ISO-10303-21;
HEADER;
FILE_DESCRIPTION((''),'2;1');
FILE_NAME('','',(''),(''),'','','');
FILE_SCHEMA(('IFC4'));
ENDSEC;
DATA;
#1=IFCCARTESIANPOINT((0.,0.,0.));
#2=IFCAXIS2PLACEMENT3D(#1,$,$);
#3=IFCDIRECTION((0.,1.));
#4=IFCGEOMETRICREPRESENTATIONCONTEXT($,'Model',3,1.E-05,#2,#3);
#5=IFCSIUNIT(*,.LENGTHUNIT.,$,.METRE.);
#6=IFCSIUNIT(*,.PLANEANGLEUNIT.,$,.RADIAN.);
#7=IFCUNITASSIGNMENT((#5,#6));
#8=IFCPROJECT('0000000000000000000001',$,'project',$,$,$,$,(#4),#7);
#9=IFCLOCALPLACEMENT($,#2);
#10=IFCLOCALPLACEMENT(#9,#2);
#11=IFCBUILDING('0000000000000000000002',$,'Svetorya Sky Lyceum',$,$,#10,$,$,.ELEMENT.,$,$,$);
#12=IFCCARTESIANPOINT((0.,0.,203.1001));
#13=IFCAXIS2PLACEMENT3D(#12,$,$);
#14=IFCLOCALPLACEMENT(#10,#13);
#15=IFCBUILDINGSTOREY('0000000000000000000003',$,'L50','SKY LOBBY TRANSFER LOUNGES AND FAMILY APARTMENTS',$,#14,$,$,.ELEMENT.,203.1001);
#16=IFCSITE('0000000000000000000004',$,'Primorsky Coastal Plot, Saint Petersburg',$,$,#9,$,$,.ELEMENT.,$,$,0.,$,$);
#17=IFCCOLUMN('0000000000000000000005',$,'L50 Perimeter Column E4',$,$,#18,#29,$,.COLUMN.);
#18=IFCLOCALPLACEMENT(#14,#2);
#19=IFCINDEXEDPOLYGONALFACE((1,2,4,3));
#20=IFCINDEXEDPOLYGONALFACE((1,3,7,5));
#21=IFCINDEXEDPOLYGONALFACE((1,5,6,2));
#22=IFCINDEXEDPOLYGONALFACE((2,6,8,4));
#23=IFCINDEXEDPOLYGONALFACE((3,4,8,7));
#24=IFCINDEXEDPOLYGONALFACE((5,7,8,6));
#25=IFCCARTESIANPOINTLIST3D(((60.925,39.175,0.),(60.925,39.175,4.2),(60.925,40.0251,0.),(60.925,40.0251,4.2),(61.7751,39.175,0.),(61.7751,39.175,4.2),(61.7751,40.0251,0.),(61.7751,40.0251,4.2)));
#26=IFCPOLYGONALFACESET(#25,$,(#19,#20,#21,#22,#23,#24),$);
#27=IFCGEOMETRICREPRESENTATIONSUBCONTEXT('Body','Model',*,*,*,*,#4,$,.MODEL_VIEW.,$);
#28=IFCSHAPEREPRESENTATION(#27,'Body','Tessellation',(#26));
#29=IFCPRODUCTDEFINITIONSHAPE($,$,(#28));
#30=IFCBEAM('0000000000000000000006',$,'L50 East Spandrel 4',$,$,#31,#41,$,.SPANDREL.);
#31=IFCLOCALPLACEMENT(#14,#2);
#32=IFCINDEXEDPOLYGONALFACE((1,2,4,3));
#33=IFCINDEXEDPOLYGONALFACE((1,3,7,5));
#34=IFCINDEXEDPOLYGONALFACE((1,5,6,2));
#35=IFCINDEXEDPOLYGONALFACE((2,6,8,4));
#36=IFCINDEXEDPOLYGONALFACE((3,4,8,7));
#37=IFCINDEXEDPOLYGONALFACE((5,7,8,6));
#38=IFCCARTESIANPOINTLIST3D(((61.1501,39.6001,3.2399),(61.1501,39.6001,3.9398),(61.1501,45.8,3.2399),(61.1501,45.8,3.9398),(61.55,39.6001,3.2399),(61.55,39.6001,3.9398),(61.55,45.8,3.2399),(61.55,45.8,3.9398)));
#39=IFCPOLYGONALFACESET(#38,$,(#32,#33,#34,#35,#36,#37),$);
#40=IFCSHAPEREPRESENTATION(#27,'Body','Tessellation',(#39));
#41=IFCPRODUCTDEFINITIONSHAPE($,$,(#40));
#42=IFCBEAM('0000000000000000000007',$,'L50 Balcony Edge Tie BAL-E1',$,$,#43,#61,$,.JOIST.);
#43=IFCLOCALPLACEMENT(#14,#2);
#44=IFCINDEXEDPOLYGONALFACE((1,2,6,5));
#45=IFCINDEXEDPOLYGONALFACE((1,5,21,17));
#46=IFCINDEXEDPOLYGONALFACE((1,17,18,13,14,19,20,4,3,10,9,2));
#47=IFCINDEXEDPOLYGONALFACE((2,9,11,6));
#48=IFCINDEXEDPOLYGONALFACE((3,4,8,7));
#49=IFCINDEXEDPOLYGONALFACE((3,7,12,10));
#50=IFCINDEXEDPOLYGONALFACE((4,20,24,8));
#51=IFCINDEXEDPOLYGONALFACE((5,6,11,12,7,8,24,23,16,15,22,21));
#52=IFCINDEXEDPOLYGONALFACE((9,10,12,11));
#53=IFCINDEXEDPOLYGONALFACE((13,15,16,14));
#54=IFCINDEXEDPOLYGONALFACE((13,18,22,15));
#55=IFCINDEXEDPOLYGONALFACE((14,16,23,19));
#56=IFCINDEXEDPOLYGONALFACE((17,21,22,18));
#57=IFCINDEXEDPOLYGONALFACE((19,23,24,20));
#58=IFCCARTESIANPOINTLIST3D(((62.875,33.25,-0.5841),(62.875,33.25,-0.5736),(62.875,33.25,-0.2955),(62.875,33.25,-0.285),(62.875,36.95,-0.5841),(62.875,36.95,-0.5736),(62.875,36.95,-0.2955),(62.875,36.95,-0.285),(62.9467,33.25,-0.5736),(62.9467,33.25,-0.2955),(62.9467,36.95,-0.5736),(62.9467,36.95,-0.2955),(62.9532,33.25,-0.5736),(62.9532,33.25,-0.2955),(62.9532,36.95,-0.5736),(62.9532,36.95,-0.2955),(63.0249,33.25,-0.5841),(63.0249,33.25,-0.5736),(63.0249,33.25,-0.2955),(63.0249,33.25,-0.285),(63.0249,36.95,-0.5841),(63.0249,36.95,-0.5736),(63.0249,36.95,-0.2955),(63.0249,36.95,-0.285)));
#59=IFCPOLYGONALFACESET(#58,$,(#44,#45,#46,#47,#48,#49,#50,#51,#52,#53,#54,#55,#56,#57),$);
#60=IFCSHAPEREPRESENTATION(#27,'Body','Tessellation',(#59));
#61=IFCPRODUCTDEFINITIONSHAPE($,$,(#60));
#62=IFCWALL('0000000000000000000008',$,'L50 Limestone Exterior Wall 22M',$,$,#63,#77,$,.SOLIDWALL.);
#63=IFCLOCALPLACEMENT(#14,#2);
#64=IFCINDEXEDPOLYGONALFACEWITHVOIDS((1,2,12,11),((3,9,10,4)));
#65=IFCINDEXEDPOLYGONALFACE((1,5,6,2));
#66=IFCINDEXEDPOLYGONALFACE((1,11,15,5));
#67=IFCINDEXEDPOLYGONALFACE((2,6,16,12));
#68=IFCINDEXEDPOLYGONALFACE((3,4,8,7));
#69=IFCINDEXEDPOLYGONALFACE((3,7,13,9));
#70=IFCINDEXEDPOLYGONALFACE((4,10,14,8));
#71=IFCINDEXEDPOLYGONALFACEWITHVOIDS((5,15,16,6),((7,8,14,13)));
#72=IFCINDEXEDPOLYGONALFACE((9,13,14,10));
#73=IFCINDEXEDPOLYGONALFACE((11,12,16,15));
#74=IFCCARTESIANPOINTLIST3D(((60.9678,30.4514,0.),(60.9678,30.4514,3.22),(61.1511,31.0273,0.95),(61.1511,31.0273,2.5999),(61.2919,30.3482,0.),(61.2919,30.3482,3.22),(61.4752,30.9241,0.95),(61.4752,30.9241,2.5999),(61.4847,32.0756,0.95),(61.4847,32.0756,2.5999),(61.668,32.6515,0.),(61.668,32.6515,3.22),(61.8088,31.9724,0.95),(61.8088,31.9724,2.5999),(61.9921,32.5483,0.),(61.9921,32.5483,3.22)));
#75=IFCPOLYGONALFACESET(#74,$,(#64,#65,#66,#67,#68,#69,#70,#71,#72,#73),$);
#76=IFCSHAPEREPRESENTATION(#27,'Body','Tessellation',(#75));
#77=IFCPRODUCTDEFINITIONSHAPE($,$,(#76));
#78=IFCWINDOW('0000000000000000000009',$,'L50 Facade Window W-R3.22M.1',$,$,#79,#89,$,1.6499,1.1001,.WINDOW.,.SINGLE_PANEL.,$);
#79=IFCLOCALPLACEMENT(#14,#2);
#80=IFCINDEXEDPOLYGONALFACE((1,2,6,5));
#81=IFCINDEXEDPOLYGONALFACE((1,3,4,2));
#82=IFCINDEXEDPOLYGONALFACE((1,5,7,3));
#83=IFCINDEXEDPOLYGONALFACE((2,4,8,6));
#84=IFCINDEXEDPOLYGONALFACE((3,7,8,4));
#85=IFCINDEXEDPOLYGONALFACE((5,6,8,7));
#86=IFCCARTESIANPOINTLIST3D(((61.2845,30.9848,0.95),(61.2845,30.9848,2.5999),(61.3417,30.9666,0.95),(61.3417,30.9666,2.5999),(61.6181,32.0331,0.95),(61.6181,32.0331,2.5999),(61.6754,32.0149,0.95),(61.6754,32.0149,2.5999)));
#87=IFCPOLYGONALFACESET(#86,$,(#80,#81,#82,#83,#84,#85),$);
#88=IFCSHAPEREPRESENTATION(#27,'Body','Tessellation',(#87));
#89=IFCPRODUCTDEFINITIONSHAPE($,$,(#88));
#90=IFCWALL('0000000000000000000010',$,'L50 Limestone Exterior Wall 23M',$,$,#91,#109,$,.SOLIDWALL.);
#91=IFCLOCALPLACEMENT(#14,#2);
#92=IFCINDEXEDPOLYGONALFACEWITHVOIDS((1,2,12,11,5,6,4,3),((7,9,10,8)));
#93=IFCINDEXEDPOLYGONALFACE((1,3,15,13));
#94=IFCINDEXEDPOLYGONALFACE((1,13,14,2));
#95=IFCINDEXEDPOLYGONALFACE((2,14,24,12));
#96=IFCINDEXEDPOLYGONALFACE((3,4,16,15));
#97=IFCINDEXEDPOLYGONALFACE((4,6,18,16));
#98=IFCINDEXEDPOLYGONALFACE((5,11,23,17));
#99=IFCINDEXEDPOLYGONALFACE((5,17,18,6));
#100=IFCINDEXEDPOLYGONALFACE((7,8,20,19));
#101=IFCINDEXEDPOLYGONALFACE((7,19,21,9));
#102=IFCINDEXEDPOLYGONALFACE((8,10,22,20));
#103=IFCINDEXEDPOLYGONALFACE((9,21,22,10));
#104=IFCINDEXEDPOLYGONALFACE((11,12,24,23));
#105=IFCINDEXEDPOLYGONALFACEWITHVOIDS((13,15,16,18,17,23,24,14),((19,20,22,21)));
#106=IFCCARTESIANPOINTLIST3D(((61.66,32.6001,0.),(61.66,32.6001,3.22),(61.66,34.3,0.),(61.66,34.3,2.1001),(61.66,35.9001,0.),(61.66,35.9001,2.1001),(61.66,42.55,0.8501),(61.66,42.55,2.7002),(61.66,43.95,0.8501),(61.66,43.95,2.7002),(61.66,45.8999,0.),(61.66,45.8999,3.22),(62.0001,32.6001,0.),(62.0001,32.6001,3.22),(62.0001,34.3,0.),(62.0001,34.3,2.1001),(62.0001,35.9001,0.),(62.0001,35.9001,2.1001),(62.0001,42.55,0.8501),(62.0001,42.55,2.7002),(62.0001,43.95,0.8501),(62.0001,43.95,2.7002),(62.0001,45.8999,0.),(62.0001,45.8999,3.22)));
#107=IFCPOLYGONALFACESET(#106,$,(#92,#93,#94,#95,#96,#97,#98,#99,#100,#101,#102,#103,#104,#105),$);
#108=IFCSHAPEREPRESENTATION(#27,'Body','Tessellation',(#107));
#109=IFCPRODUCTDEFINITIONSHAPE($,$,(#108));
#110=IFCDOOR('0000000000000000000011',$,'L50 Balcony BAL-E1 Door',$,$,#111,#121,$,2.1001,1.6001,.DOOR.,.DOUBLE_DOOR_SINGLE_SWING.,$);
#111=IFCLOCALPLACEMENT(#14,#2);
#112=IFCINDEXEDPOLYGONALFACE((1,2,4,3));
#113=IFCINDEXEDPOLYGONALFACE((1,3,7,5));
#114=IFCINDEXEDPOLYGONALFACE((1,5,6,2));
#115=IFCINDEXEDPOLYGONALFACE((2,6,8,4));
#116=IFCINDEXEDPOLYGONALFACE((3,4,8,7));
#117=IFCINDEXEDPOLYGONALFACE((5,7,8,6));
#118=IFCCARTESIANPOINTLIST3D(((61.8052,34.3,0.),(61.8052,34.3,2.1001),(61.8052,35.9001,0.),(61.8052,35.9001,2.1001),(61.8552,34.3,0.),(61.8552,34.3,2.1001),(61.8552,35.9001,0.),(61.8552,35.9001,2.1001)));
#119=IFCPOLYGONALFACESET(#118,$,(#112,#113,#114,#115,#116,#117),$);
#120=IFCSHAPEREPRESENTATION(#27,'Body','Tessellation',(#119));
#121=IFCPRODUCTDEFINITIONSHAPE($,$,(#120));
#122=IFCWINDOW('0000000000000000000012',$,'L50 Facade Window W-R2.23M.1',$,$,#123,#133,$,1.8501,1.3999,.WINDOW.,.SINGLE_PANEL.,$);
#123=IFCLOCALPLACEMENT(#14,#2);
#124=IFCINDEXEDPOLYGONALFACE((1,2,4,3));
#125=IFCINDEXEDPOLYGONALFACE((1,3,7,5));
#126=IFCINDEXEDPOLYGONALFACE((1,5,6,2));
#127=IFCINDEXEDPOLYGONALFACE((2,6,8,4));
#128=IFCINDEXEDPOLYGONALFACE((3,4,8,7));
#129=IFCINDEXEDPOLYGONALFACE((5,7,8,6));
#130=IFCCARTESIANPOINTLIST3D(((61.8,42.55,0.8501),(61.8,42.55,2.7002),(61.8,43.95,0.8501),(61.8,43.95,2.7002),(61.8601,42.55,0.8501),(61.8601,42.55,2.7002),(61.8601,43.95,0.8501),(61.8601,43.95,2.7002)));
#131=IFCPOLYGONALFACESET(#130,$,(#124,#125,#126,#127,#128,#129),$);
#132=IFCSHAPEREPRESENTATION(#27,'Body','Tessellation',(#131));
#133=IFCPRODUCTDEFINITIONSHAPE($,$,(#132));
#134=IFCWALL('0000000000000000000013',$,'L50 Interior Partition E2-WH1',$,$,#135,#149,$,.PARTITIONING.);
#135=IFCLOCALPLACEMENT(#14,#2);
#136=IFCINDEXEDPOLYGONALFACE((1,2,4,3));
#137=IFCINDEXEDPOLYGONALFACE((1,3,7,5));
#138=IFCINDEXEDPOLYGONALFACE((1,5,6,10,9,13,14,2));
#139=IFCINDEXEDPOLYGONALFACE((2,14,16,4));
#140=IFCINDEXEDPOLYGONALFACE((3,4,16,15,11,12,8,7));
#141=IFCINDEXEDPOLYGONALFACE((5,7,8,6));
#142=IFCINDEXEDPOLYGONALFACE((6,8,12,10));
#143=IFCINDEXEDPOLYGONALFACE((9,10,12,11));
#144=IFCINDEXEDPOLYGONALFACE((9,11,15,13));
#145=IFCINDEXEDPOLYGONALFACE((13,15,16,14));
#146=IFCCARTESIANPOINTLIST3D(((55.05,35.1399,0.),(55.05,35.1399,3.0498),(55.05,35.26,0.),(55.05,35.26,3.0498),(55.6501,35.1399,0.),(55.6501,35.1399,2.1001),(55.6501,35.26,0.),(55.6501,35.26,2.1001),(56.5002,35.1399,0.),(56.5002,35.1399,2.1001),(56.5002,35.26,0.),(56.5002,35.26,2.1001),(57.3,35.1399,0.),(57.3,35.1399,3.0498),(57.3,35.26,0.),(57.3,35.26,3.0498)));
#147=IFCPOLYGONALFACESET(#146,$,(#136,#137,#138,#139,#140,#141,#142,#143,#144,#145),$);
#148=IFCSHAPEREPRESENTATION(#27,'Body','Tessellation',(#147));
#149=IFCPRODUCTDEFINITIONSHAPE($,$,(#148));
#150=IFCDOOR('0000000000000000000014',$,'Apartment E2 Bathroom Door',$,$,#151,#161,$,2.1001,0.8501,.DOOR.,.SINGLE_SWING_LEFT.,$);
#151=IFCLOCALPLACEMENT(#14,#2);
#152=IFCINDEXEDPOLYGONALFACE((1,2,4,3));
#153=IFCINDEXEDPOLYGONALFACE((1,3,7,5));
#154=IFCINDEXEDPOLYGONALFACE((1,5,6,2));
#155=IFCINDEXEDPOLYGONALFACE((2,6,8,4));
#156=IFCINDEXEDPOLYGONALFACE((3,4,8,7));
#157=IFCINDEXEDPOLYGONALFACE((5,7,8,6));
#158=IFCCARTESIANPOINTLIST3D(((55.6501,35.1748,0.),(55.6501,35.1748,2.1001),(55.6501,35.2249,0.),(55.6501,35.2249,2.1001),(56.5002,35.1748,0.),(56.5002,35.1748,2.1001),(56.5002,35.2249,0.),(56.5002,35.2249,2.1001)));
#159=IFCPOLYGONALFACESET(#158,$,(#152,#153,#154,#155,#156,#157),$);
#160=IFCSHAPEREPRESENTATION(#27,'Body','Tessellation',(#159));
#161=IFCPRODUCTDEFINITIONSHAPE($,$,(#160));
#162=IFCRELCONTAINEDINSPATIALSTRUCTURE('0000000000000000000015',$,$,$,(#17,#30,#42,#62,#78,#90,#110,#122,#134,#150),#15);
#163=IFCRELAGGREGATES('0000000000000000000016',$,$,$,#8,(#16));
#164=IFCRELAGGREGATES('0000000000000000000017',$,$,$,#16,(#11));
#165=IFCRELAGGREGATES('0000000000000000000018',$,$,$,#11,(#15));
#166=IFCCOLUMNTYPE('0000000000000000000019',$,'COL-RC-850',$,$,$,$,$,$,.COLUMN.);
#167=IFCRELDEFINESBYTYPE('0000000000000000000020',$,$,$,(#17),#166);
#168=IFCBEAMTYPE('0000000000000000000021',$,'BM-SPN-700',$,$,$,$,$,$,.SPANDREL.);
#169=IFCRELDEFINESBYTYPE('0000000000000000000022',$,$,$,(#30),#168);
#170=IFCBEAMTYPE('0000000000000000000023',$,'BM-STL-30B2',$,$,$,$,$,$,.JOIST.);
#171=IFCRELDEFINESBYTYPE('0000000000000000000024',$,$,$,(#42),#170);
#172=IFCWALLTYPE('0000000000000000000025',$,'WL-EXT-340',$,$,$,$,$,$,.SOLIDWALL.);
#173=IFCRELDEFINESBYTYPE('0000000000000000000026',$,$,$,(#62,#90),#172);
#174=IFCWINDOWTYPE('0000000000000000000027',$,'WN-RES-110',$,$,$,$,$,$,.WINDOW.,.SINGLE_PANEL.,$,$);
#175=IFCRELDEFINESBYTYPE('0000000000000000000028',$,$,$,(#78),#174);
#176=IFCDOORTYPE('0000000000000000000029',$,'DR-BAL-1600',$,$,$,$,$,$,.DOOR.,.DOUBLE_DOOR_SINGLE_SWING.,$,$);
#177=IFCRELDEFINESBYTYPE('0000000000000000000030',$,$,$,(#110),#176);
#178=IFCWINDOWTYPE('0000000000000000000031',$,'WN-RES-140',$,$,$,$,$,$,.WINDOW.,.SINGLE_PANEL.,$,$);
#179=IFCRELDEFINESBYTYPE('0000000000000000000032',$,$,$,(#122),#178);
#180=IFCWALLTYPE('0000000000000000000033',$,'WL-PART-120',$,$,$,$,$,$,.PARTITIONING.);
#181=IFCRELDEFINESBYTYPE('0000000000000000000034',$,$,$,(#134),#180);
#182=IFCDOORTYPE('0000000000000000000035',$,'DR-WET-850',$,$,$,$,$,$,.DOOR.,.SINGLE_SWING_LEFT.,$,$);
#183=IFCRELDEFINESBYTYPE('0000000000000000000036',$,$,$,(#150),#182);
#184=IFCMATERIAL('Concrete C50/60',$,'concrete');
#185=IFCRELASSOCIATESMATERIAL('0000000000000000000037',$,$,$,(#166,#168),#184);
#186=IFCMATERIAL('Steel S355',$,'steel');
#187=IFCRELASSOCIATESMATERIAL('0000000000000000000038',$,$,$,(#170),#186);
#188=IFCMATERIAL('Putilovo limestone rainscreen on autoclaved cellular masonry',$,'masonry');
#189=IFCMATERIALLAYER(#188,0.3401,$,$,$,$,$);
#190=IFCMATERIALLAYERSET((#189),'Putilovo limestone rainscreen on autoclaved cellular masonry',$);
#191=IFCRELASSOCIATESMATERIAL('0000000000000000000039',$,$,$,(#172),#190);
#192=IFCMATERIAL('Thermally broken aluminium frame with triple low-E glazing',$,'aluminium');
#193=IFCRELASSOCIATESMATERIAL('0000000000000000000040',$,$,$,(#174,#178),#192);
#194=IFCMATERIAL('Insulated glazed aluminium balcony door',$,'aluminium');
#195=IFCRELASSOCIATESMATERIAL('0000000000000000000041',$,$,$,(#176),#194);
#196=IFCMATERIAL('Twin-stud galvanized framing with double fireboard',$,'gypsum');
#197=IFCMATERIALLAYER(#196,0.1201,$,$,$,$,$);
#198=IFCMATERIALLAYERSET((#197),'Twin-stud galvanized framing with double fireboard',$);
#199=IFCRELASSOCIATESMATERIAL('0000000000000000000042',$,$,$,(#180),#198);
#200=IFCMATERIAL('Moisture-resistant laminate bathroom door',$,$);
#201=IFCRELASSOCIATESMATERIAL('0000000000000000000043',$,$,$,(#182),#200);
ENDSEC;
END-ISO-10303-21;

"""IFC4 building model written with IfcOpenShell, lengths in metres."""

from ifc_helpers import new_model, si_unit, direction, frame, frame_2d, origin, origin_2d, place, context, subcontext, project, spatial, rectangle, i_section, extrude, material, layer, layer_set, material_profile, profile_set, type_object, element, fill, save


model = new_model("IFC4")

# Units and contexts
model_context = context("Model", 3, precision=1e-05, world=origin(), true_north=direction((0.0, 1.0)))
body_context = subcontext(model_context, "Body", "Model", "MODEL_VIEW")
ifc_project = project(units=[si_unit("LENGTHUNIT", "METRE"), si_unit("PLANEANGLEUNIT", "RADIAN")], contexts=[model_context])

# Site, building, storey
site_placement = place(None, origin())
site = spatial("IfcSite", under=ifc_project, at=site_placement, Name="Primorsky Coastal Plot, Saint Petersburg", CompositionType="ELEMENT", RefElevation=0.0)
building_placement = place(site_placement, origin())
building = spatial("IfcBuilding", under=site, at=building_placement, Name="Svetorya Sky Lyceum", CompositionType="ELEMENT")
storey_placement = place(building_placement, frame((0.0, 0.0, 203.1001)))
storey = spatial("IfcBuildingStorey", under=building, at=storey_placement, Name="L50", Description="SKY LOBBY TRANSFER LOUNGES AND FAMILY APARTMENTS", CompositionType="ELEMENT", Elevation=203.1001)

# Column
ifc_material_1 = material(Name="Concrete C50/60", Category="concrete")
ifc_material_profile_1 = material_profile(ifc_material_1, rectangle(XDim=0.8501, YDim=0.8501, at=origin_2d()), Name="RC COL 850x850")
ifc_profile_set_1 = profile_set([ifc_material_profile_1], Name="Concrete C50/60")
column_type = type_object("IfcColumnType", Name="COL-RC-850", PredefinedType="COLUMN", material=ifc_profile_set_1)
column_placement = place(storey_placement, frame((61.3501, 39.6001, 0.0), z_axis=(0.0, 0.0, 1.0), x_axis=(1.0, 0.0, 0.0)))
element("IfcColumn", 1, at=column_placement, inside=storey, type_object=column_type, Name="L50 Perimeter Column E4", PredefinedType="COLUMN", context=body_context, shape_type="SweptSolid", body=[
    extrude(rectangle(XDim=0.8501, YDim=0.8501, at=origin_2d()), origin(), (0.0, 0.0, 1.0), 4.2),
])

# Beams
ifc_material_profile_2 = material_profile(ifc_material_1, rectangle(XDim=0.3999, YDim=0.7, at=origin_2d()), Name="RC SPANDREL 400x700")
ifc_profile_set_2 = profile_set([ifc_material_profile_2], Name="Concrete C50/60")
beam_type_1 = type_object("IfcBeamType", Name="BM-SPN-700", PredefinedType="SPANDREL", material=ifc_profile_set_2)
beam_1_placement = place(storey_placement, frame((61.3501, 39.6001, 3.5898), z_axis=(0.0, 1.0, 0.0), x_axis=(-1.0, 0.0, 0.0)))
element("IfcBeam", 2, at=beam_1_placement, inside=storey, type_object=beam_type_1, Name="L50 East Spandrel 4", PredefinedType="SPANDREL", context=body_context, shape_type="SweptSolid", body=[
    extrude(rectangle(XDim=0.3999, YDim=0.7, at=origin_2d()), origin(), (0.0, 0.0, 1.0), 6.2),
])
ifc_material_2 = material(Name="Steel S355", Category="steel")
ifc_material_profile_3 = material_profile(ifc_material_2, i_section(OverallWidth=0.1499, OverallDepth=0.2991, WebThickness=0.0066, FlangeThickness=0.0105, at=origin_2d()), Name="GOST 30B2")
ifc_profile_set_3 = profile_set([ifc_material_profile_3], Name="Steel S355")
beam_type_2 = type_object("IfcBeamType", Name="BM-STL-30B2", PredefinedType="JOIST", material=ifc_profile_set_3)
beam_2_placement = place(storey_placement, frame((62.95, 33.25, -0.4346), z_axis=(0.0, 1.0, 0.0), x_axis=(-1.0, 0.0, 0.0)))
element("IfcBeam", 3, at=beam_2_placement, inside=storey, type_object=beam_type_2, Name="L50 Balcony Edge Tie BAL-E1", PredefinedType="JOIST", context=body_context, shape_type="SweptSolid", body=[
    extrude(i_section(OverallWidth=0.1499, OverallDepth=0.2991, WebThickness=0.0066, FlangeThickness=0.0105, at=origin_2d()), origin(), (0.0, 0.0, 1.0), 3.7),
])

# Wall, opening, window
ifc_material_3 = material(Name="Putilovo limestone rainscreen on autoclaved cellular masonry", Category="masonry")
ifc_layer_1 = layer(ifc_material_3, 0.3401)
ifc_layer_set_1 = layer_set([ifc_layer_1], Name="Putilovo limestone rainscreen on autoclaved cellular masonry")
wall_type_1 = type_object("IfcWallType", Name="WL-EXT-340", PredefinedType="SOLIDWALL", material=ifc_layer_set_1)
wall_1_placement = place(storey_placement, frame((61.1299, 30.3999, 0.0), z_axis=(0.0, 0.0, 1.0), x_axis=(0.303256, 0.952909, 0.0)))
wall_1 = element("IfcWall", 4, at=wall_1_placement, inside=storey, type_object=wall_type_1, Name="L50 Limestone Exterior Wall 22M", PredefinedType="SOLIDWALL", context=body_context, shape_type="SweptSolid", body=[
    extrude(rectangle(XDim=2.3088, YDim=0.3401, at=frame_2d((1.1543, 0.0))), origin(), (0.0, 0.0, 1.0), 3.22),
])
opening_1_placement = place(wall_1_placement, frame((0.6042, 0.0, 0.95)))
opening_1 = element("IfcOpeningElement", 5, at=opening_1_placement, cuts=wall_1, PredefinedType="OPENING", context=body_context, shape_type="SweptSolid", body=[
    extrude(rectangle(XDim=1.1001, YDim=1.6499, at=frame_2d((0.55, 0.825))), frame((0.0, 0.1799, 0.0), z_axis=(0.0, -1.0, 0.0), x_axis=(1.0, 0.0, 0.0)), (0.0, 0.0, 1.0), 0.3601),
])
ifc_material_4 = material(Name="Thermally broken aluminium frame with triple low-E glazing", Category="aluminium")
window_type_1 = type_object("IfcWindowType", Name="WN-RES-110", PartitioningType="SINGLE_PANEL", PredefinedType="WINDOW", material=ifc_material_4)
window_1_placement = place(opening_1_placement, origin())
window_1 = element("IfcWindow", 6, at=window_1_placement, inside=storey, type_object=window_type_1, Name="L50 Facade Window W-R3.22M.1", OverallHeight=1.6499, OverallWidth=1.1001, PartitioningType="SINGLE_PANEL", PredefinedType="WINDOW", context=body_context, shape_type="SweptSolid", body=[
    extrude(rectangle(XDim=1.1001, YDim=1.6499, at=frame_2d((0.55, 0.825))), frame((0.0, 0.03, 0.0), z_axis=(0.0, -1.0, 0.0), x_axis=(1.0, 0.0, 0.0)), (0.0, 0.0, 1.0), 0.0601),
])
fill(opening_1, window_1)

# Wall, openings, door, window
wall_2_placement = place(storey_placement, frame((61.8301, 32.6001, 0.0), z_axis=(0.0, 0.0, 1.0), x_axis=(0.0, 1.0, 0.0)))
wall_2 = element("IfcWall", 7, at=wall_2_placement, inside=storey, type_object=wall_type_1, Name="L50 Limestone Exterior Wall 23M", PredefinedType="SOLIDWALL", context=body_context, shape_type="SweptSolid", body=[
    extrude(rectangle(XDim=13.2998, YDim=0.3401, at=frame_2d((6.6499, 0.0))), origin(), (0.0, 0.0, 1.0), 3.22),
])
opening_2_placement = place(wall_2_placement, frame((1.7, 0.0, 0.0)))
opening_2 = element("IfcOpeningElement", 8, at=opening_2_placement, cuts=wall_2, PredefinedType="OPENING", context=body_context, shape_type="SweptSolid", body=[
    extrude(rectangle(XDim=1.6001, YDim=2.1001, at=frame_2d((0.8, 1.05))), frame((0.0, 0.1799, 0.0), z_axis=(0.0, -1.0, 0.0), x_axis=(1.0, 0.0, 0.0)), (0.0, 0.0, 1.0), 0.3601),
])
opening_3_placement = place(wall_2_placement, frame((9.95, 0.0, 0.8501)))
opening_3 = element("IfcOpeningElement", 9, at=opening_3_placement, cuts=wall_2, PredefinedType="OPENING", context=body_context, shape_type="SweptSolid", body=[
    extrude(rectangle(XDim=1.3999, YDim=1.8501, at=frame_2d((0.7, 0.925))), frame((0.0, 0.1799, 0.0), z_axis=(0.0, -1.0, 0.0), x_axis=(1.0, 0.0, 0.0)), (0.0, 0.0, 1.0), 0.3601),
])
ifc_material_5 = material(Name="Insulated glazed aluminium balcony door", Category="aluminium")
door_type_1 = type_object("IfcDoorType", Name="DR-BAL-1600", OperationType="DOUBLE_DOOR_SINGLE_SWING", PredefinedType="DOOR", material=ifc_material_5)
door_1_placement = place(opening_2_placement, origin())
door_1 = element("IfcDoor", 10, at=door_1_placement, inside=storey, type_object=door_type_1, Name="L50 Balcony BAL-E1 Door", OperationType="DOUBLE_DOOR_SINGLE_SWING", OverallHeight=2.1001, OverallWidth=1.6001, PredefinedType="DOOR", context=body_context, shape_type="SweptSolid", body=[
    extrude(rectangle(XDim=1.6001, YDim=2.1001, at=frame_2d((0.8, 1.05))), frame((0.0, 0.0249, 0.0), z_axis=(0.0, -1.0, 0.0), x_axis=(1.0, 0.0, 0.0)), (0.0, 0.0, 1.0), 0.05),
])
fill(opening_2, door_1)
window_type_2 = type_object("IfcWindowType", Name="WN-RES-140", PartitioningType="SINGLE_PANEL", PredefinedType="WINDOW", material=ifc_material_4)
window_2_placement = place(opening_3_placement, origin())
window_2 = element("IfcWindow", 11, at=window_2_placement, inside=storey, type_object=window_type_2, Name="L50 Facade Window W-R2.23M.1", OverallHeight=1.8501, OverallWidth=1.3999, PartitioningType="SINGLE_PANEL", PredefinedType="WINDOW", context=body_context, shape_type="SweptSolid", body=[
    extrude(rectangle(XDim=1.3999, YDim=1.8501, at=frame_2d((0.7, 0.925))), frame((0.0, 0.03, 0.0), z_axis=(0.0, -1.0, 0.0), x_axis=(1.0, 0.0, 0.0)), (0.0, 0.0, 1.0), 0.0601),
])
fill(opening_3, window_2)

# Wall, opening, door
ifc_material_6 = material(Name="Twin-stud galvanized framing with double fireboard", Category="gypsum")
ifc_layer_2 = layer(ifc_material_6, 0.1201)
ifc_layer_set_2 = layer_set([ifc_layer_2], Name="Twin-stud galvanized framing with double fireboard")
wall_type_2 = type_object("IfcWallType", Name="WL-PART-120", PredefinedType="PARTITIONING", material=ifc_layer_set_2)
wall_3_placement = place(storey_placement, frame((55.05, 35.2, 0.0), z_axis=(0.0, 0.0, 1.0), x_axis=(1.0, 0.0, 0.0)))
wall_3 = element("IfcWall", 12, at=wall_3_placement, inside=storey, type_object=wall_type_2, Name="L50 Interior Partition E2-WH1", PredefinedType="PARTITIONING", context=body_context, shape_type="SweptSolid", body=[
    extrude(rectangle(XDim=2.25, YDim=0.1201, at=frame_2d((1.125, 0.0))), origin(), (0.0, 0.0, 1.0), 3.0498),
])
opening_4_placement = place(wall_3_placement, frame((0.6001, 0.0, 0.0)))
opening_4 = element("IfcOpeningElement", 13, at=opening_4_placement, cuts=wall_3, PredefinedType="OPENING", context=body_context, shape_type="SweptSolid", body=[
    extrude(rectangle(XDim=0.8501, YDim=2.1001, at=frame_2d((0.425, 1.05))), frame((0.0, 0.0701, 0.0), z_axis=(0.0, -1.0, 0.0), x_axis=(1.0, 0.0, 0.0)), (0.0, 0.0, 1.0), 0.1401),
])
ifc_material_7 = material(Name="Moisture-resistant laminate bathroom door")
door_type_2 = type_object("IfcDoorType", Name="DR-WET-850", OperationType="SINGLE_SWING_LEFT", PredefinedType="DOOR", material=ifc_material_7)
door_2_placement = place(opening_4_placement, origin())
door_2 = element("IfcDoor", 14, at=door_2_placement, inside=storey, type_object=door_type_2, Name="Apartment E2 Bathroom Door", OperationType="SINGLE_SWING_LEFT", OverallHeight=2.1001, OverallWidth=0.8501, PredefinedType="DOOR", context=body_context, shape_type="SweptSolid", body=[
    extrude(rectangle(XDim=0.8501, YDim=2.1001, at=frame_2d((0.425, 1.05))), frame((0.0, 0.0249, 0.0), z_axis=(0.0, -1.0, 0.0), x_axis=(1.0, 0.0, 0.0)), (0.0, 0.0, 1.0), 0.05),
])
fill(opening_4, door_2)

save(model, "model.ifc")
